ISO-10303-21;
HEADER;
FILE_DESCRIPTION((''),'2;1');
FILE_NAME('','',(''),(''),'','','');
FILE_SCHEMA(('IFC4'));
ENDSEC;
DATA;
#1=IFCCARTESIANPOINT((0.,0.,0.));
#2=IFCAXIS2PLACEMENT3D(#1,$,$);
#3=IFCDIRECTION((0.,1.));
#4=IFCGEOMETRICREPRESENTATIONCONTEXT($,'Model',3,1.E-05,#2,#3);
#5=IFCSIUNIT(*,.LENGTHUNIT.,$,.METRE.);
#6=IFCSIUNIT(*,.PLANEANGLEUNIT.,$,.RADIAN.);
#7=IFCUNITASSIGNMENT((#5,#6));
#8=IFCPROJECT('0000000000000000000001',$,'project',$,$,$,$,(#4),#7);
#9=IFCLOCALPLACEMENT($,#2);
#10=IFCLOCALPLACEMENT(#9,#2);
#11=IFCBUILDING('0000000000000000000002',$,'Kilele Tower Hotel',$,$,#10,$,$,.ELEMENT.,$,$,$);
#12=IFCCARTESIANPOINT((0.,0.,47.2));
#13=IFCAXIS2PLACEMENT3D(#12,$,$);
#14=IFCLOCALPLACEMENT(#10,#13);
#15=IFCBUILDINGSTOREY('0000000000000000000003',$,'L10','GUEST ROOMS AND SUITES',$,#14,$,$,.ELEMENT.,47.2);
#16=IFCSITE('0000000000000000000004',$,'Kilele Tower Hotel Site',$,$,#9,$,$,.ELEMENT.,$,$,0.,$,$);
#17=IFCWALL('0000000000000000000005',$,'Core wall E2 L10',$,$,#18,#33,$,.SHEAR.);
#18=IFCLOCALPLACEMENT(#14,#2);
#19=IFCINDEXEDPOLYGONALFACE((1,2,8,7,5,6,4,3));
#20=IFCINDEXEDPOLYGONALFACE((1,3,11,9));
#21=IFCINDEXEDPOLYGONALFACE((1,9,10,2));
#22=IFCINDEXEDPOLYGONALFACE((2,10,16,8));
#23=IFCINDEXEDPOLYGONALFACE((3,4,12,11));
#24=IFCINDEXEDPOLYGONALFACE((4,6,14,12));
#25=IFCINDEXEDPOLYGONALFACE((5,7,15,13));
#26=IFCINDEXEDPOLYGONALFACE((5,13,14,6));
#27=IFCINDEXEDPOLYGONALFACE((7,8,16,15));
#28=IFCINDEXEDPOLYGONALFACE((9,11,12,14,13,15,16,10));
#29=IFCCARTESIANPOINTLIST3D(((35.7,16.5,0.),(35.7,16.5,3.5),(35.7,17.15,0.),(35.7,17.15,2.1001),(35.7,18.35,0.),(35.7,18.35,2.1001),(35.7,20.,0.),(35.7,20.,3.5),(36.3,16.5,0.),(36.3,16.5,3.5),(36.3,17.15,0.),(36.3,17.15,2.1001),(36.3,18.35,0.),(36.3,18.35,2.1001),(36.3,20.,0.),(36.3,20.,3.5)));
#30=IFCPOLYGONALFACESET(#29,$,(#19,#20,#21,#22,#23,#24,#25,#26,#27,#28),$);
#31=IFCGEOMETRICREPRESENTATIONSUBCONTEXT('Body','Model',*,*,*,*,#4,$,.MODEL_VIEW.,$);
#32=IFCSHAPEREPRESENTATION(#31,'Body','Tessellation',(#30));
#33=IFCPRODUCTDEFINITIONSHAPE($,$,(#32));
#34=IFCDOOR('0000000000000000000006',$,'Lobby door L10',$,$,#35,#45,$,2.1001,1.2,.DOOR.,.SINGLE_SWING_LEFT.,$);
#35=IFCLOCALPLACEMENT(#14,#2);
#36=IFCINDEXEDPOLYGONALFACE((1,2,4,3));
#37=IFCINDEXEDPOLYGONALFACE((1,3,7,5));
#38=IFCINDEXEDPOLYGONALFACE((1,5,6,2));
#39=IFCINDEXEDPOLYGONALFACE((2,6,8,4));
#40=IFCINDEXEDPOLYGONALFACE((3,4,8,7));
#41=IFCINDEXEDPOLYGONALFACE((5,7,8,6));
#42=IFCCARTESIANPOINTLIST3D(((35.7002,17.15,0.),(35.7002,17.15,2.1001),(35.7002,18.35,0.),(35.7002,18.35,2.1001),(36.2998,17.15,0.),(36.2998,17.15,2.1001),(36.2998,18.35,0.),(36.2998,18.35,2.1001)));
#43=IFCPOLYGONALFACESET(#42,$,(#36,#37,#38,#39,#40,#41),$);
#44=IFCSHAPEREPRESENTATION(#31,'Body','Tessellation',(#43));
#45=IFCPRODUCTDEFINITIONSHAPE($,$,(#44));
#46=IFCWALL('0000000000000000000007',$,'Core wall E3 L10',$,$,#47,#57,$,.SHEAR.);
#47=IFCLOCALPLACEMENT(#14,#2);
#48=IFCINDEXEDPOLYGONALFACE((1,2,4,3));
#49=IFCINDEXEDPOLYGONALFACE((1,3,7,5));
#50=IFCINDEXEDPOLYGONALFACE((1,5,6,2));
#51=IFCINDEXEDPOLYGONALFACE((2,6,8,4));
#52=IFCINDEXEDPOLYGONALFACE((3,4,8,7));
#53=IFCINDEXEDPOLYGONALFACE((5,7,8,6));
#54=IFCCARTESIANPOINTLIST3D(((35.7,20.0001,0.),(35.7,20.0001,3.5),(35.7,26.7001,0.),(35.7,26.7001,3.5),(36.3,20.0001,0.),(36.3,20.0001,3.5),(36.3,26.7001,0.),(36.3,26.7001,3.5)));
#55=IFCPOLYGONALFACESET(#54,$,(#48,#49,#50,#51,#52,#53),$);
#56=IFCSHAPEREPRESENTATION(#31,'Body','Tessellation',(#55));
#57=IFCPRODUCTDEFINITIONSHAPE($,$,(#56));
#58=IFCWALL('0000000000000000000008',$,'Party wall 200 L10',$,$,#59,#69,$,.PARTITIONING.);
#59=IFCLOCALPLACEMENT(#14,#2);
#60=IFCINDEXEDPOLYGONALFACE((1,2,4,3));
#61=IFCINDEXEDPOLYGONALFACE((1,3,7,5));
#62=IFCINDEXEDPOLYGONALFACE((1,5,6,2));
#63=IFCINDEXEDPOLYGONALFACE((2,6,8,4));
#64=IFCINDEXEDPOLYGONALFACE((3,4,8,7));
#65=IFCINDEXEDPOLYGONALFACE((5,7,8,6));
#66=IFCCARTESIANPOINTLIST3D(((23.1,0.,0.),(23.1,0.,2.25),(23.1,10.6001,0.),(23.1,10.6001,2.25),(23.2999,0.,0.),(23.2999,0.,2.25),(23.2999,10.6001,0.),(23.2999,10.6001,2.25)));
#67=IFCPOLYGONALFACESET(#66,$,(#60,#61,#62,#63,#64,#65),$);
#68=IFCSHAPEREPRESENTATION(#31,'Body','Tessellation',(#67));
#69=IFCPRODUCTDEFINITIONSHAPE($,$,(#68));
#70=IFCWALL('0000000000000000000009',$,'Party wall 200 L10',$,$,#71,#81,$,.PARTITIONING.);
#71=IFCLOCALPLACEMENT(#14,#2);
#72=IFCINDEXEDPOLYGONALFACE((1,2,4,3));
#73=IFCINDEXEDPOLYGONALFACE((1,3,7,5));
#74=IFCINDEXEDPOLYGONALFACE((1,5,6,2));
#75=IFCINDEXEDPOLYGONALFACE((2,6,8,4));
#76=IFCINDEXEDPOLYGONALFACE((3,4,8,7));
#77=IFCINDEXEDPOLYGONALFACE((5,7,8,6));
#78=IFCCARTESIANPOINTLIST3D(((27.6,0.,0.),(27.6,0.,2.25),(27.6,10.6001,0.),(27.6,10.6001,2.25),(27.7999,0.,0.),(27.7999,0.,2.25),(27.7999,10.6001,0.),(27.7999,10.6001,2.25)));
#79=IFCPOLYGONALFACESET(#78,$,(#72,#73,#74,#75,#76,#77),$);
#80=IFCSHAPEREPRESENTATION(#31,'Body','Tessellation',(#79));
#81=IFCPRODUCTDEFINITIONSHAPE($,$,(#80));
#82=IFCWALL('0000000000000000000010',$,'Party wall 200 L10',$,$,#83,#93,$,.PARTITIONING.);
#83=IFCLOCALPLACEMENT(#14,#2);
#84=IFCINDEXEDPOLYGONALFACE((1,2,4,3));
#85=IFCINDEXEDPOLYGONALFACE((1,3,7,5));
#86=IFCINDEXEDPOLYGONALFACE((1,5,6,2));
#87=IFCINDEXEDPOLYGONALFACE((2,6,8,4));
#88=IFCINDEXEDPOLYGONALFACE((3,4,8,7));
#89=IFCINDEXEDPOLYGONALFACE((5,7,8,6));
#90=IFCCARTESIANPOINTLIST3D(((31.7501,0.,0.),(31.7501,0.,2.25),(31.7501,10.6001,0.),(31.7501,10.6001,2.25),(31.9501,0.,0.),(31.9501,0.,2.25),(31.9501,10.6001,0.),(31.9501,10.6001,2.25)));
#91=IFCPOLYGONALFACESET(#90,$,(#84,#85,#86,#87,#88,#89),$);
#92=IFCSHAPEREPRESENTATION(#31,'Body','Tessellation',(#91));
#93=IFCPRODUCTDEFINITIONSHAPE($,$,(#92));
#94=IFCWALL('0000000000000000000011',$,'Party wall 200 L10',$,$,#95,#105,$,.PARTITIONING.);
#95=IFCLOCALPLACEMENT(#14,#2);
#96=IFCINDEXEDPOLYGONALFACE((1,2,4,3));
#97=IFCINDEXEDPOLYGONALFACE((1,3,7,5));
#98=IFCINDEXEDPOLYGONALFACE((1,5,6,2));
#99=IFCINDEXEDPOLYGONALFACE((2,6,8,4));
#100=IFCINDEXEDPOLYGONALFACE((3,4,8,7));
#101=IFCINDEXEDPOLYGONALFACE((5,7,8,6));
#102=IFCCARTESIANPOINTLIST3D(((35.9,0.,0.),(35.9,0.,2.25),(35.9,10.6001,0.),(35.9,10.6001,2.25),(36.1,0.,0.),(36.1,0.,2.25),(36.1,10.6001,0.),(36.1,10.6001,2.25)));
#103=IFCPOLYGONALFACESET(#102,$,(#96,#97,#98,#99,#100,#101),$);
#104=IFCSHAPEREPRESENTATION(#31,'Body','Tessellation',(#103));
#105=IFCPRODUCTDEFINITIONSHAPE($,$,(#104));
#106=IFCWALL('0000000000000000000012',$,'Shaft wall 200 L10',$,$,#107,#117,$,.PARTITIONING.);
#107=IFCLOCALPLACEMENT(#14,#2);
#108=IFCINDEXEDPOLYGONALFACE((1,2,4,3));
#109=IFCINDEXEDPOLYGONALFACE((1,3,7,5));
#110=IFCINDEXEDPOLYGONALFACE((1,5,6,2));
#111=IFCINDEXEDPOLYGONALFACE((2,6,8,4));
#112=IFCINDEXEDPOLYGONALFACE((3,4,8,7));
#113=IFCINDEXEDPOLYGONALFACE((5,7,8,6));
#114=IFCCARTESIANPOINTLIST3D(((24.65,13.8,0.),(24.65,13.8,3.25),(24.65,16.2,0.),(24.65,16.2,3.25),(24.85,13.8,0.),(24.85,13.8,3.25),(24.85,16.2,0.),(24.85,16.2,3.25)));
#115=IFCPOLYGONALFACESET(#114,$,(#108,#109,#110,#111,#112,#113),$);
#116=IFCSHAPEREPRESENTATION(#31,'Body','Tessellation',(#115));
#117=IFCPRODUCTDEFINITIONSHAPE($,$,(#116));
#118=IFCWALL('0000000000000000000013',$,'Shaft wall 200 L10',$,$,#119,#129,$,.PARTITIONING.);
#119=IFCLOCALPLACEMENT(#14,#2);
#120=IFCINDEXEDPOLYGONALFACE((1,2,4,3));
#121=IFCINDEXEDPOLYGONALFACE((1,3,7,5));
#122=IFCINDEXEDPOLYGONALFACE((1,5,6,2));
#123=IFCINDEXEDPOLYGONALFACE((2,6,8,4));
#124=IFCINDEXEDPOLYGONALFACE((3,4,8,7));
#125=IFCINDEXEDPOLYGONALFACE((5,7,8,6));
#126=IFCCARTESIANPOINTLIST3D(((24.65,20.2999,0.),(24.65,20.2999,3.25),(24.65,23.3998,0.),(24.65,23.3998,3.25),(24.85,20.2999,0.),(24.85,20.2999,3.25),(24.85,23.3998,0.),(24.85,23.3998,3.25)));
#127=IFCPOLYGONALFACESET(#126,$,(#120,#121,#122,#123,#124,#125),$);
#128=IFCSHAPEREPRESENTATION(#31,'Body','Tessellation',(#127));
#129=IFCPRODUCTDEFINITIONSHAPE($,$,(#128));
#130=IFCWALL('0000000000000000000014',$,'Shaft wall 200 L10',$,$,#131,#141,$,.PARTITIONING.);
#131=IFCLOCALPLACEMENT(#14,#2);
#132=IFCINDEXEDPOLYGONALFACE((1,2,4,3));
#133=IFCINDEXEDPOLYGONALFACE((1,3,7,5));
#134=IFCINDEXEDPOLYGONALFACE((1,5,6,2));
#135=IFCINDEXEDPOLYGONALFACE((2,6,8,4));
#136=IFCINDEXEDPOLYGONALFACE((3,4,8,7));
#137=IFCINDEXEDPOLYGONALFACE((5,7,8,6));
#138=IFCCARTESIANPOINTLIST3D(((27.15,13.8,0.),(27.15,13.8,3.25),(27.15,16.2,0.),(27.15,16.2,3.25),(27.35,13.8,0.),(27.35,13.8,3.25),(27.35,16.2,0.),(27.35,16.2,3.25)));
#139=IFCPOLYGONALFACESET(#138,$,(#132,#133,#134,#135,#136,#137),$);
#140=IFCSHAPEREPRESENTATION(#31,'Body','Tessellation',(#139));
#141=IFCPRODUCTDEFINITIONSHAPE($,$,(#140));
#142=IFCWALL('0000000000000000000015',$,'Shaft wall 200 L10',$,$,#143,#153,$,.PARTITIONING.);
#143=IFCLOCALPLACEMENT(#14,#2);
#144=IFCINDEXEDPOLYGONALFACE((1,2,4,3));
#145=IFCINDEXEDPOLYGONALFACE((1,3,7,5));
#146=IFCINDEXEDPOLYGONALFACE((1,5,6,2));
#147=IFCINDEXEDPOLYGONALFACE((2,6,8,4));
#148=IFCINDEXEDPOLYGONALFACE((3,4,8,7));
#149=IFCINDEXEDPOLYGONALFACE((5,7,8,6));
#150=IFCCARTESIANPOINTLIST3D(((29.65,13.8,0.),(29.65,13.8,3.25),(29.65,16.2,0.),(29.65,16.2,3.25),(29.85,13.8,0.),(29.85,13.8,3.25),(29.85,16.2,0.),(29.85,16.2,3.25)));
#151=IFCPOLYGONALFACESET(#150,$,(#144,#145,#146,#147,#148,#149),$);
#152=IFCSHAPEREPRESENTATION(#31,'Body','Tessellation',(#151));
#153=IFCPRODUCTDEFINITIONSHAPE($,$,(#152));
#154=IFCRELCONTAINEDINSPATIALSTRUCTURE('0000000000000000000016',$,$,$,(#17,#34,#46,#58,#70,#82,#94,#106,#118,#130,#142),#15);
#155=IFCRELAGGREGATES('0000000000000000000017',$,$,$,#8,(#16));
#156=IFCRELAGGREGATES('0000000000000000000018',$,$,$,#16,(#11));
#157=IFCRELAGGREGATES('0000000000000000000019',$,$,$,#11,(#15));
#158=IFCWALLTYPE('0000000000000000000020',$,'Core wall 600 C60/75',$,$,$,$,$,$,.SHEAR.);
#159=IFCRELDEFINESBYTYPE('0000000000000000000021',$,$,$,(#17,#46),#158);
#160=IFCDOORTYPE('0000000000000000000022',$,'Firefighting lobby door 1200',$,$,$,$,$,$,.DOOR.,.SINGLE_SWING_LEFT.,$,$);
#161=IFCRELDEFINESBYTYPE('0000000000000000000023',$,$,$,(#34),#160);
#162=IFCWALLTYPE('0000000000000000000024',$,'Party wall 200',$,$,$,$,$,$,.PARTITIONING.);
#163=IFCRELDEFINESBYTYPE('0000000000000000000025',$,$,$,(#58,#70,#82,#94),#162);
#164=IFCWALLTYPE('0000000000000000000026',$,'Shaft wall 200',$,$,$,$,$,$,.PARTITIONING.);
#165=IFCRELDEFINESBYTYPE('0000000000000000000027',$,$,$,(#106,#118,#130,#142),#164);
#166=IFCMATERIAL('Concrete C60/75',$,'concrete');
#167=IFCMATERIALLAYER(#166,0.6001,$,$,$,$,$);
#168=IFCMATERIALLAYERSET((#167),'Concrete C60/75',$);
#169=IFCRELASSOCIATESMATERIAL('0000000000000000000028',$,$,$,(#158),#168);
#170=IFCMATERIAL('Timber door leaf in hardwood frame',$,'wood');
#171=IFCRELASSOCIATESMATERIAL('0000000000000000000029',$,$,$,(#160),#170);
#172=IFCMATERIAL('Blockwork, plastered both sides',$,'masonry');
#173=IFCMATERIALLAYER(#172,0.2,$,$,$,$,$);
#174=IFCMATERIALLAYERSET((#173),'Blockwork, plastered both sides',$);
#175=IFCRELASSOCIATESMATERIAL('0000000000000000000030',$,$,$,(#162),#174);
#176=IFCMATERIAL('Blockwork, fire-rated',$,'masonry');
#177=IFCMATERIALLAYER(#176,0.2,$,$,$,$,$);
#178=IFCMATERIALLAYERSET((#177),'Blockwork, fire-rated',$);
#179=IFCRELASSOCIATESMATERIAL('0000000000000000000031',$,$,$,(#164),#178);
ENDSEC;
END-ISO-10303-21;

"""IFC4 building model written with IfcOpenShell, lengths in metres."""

from ifc_helpers import new_model, si_unit, direction, frame, frame_2d, origin, place, context, subcontext, project, spatial, rectangle, extrude, material, layer, layer_set, type_object, element, fill, save


model = new_model("IFC4")

# Units and contexts
model_context = context("Model", 3, precision=1e-05, world=origin(), true_north=direction((0.0, 1.0)))
body_context = subcontext(model_context, "Body", "Model", "MODEL_VIEW")
ifc_project = project(units=[si_unit("LENGTHUNIT", "METRE"), si_unit("PLANEANGLEUNIT", "RADIAN")], contexts=[model_context])

# Site, building, storey
site_placement = place(None, origin())
site = spatial("IfcSite", under=ifc_project, at=site_placement, Name="Kilele Tower Hotel Site", CompositionType="ELEMENT", RefElevation=0.0)
building_placement = place(site_placement, origin())
building = spatial("IfcBuilding", under=site, at=building_placement, Name="Kilele Tower Hotel", CompositionType="ELEMENT")
storey_placement = place(building_placement, frame((0.0, 0.0, 47.2)))
storey = spatial("IfcBuildingStorey", under=building, at=storey_placement, Name="L10", Description="GUEST ROOMS AND SUITES", CompositionType="ELEMENT", Elevation=47.2)

# Shared definitions
ifc_material_1 = material(Name="Concrete C60/75", Category="concrete")
ifc_layer_1 = layer(ifc_material_1, 0.6001)
ifc_layer_set_1 = layer_set([ifc_layer_1], Name="Concrete C60/75")
wall_type_1 = type_object("IfcWallType", Name="Core wall 600 C60/75", PredefinedType="SHEAR", material=ifc_layer_set_1)
ifc_material_2 = material(Name="Timber door leaf in hardwood frame", Category="wood")
door_type_1 = type_object("IfcDoorType", Name="Firefighting lobby door 1200", OperationType="SINGLE_SWING_LEFT", PredefinedType="DOOR", material=ifc_material_2)

# Wall, opening, door
wall_1_placement = place(storey_placement, frame((36.0, 16.5, 0.0), z_axis=(0.0, 0.0, 1.0), x_axis=(0.0, 1.0, 0.0)))
wall_1 = element("IfcWall", 1, at=wall_1_placement, inside=storey, type_object=wall_type_1, Name="Core wall E2 L10", PredefinedType="SHEAR", context=body_context, shape_type="SweptSolid", body=[
    extrude(rectangle(XDim=3.5, YDim=0.6001, at=frame_2d((1.75, 0.0))), origin(), (0.0, 0.0, 1.0), 3.5),
])
opening_1_placement = place(wall_1_placement, frame((0.6499, 0.0, 0.0)))
opening_1 = element("IfcOpeningElement", 2, at=opening_1_placement, cuts=wall_1, PredefinedType="OPENING", context=body_context, shape_type="SweptSolid", body=[
    extrude(rectangle(XDim=1.2, YDim=2.1001, at=frame_2d((0.6001, 1.05))), frame((0.0, 0.3101, 0.0), z_axis=(0.0, -1.0, 0.0), x_axis=(1.0, 0.0, 0.0)), (0.0, 0.0, 1.0), 0.6201),
])
door_1_placement = place(opening_1_placement, origin())
door_1 = element("IfcDoor", 3, at=door_1_placement, inside=storey, type_object=door_type_1, Name="Lobby door L10", OperationType="SINGLE_SWING_LEFT", OverallHeight=2.1001, OverallWidth=1.2, PredefinedType="DOOR", context=body_context, shape_type="SweptSolid", body=[
    extrude(rectangle(XDim=1.2, YDim=2.1001, at=frame_2d((0.6001, 1.05))), frame((0.0, 0.2998, 0.0), z_axis=(0.0, -1.0, 0.0), x_axis=(1.0, 0.0, 0.0)), (0.0, 0.0, 1.0), 0.5996),
])
fill(opening_1, door_1)

# Walls
wall_2_placement = place(storey_placement, frame((36.0, 20.0, 0.0), z_axis=(0.0, 0.0, 1.0), x_axis=(0.0, 1.0, 0.0)))
element("IfcWall", 4, at=wall_2_placement, inside=storey, type_object=wall_type_1, Name="Core wall E3 L10", PredefinedType="SHEAR", context=body_context, shape_type="SweptSolid", body=[
    extrude(rectangle(XDim=6.7, YDim=0.6001, at=frame_2d((3.3501, 0.0))), origin(), (0.0, 0.0, 1.0), 3.5),
])
ifc_material_3 = material(Name="Blockwork, plastered both sides", Category="masonry")
ifc_layer_2 = layer(ifc_material_3, 0.2)
ifc_layer_set_2 = layer_set([ifc_layer_2], Name="Blockwork, plastered both sides")
wall_type_2 = type_object("IfcWallType", Name="Party wall 200", PredefinedType="PARTITIONING", material=ifc_layer_set_2)
for number, where, z_axis, x_axis, name in (
    (5, (23.2, 10.6001, 0.0), (0.0, 0.0, 1.0), (0.0, -1.0, 0.0), "Party wall 200 L10"),
    (6, (27.7, 10.6001, 0.0), (0.0, 0.0, 1.0), (0.0, -1.0, 0.0), "Party wall 200 L10"),
    (7, (31.8501, 10.6001, 0.0), (0.0, 0.0, 1.0), (0.0, -1.0, 0.0), "Party wall 200 L10"),
    (8, (36.0, 10.6001, 0.0), (0.0, 0.0, 1.0), (0.0, -1.0, 0.0), "Party wall 200 L10"),
):
    element("IfcWall", number, at=place(storey_placement, frame(where, z_axis=z_axis, x_axis=x_axis)), inside=storey, type_object=wall_type_2, Name=name, PredefinedType="PARTITIONING", context=body_context, shape_type="SweptSolid", body=[
        extrude(rectangle(XDim=10.6001, YDim=0.2, at=frame_2d((5.3, 0.0))), origin(), (0.0, 0.0, 1.0), 2.25),
    ])
ifc_material_4 = material(Name="Blockwork, fire-rated", Category="masonry")
ifc_layer_3 = layer(ifc_material_4, 0.2)
ifc_layer_set_3 = layer_set([ifc_layer_3], Name="Blockwork, fire-rated")
wall_type_3 = type_object("IfcWallType", Name="Shaft wall 200", PredefinedType="PARTITIONING", material=ifc_layer_set_3)
wall_3_placement = place(storey_placement, frame((24.75, 13.8, 0.0), z_axis=(0.0, 0.0, 1.0), x_axis=(0.0, 1.0, 0.0)))
element("IfcWall", 9, at=wall_3_placement, inside=storey, type_object=wall_type_3, Name="Shaft wall 200 L10", PredefinedType="PARTITIONING", context=body_context, shape_type="SweptSolid", body=[
    extrude(rectangle(XDim=2.3999, YDim=0.2, at=frame_2d((1.2, 0.0))), origin(), (0.0, 0.0, 1.0), 3.25),
])
wall_4_placement = place(storey_placement, frame((24.75, 20.3, 0.0), z_axis=(0.0, 0.0, 1.0), x_axis=(0.0, 1.0, 0.0)))
element("IfcWall", 10, at=wall_4_placement, inside=storey, type_object=wall_type_3, Name="Shaft wall 200 L10", PredefinedType="PARTITIONING", context=body_context, shape_type="SweptSolid", body=[
    extrude(rectangle(XDim=3.0999, YDim=0.2, at=frame_2d((1.5498, 0.0))), origin(), (0.0, 0.0, 1.0), 3.25),
])
for number, where, z_axis, x_axis, name in (
    (11, (27.25, 13.8, 0.0), (0.0, 0.0, 1.0), (0.0, 1.0, 0.0), "Shaft wall 200 L10"),
    (12, (29.75, 13.8, 0.0), (0.0, 0.0, 1.0), (0.0, 1.0, 0.0), "Shaft wall 200 L10"),
):
    element("IfcWall", number, at=place(storey_placement, frame(where, z_axis=z_axis, x_axis=x_axis)), inside=storey, type_object=wall_type_3, Name=name, PredefinedType="PARTITIONING", context=body_context, shape_type="SweptSolid", body=[
        extrude(rectangle(XDim=2.3999, YDim=0.2, at=frame_2d((1.2, 0.0))), origin(), (0.0, 0.0, 1.0), 3.25),
    ])

save(model, "model.ifc")
